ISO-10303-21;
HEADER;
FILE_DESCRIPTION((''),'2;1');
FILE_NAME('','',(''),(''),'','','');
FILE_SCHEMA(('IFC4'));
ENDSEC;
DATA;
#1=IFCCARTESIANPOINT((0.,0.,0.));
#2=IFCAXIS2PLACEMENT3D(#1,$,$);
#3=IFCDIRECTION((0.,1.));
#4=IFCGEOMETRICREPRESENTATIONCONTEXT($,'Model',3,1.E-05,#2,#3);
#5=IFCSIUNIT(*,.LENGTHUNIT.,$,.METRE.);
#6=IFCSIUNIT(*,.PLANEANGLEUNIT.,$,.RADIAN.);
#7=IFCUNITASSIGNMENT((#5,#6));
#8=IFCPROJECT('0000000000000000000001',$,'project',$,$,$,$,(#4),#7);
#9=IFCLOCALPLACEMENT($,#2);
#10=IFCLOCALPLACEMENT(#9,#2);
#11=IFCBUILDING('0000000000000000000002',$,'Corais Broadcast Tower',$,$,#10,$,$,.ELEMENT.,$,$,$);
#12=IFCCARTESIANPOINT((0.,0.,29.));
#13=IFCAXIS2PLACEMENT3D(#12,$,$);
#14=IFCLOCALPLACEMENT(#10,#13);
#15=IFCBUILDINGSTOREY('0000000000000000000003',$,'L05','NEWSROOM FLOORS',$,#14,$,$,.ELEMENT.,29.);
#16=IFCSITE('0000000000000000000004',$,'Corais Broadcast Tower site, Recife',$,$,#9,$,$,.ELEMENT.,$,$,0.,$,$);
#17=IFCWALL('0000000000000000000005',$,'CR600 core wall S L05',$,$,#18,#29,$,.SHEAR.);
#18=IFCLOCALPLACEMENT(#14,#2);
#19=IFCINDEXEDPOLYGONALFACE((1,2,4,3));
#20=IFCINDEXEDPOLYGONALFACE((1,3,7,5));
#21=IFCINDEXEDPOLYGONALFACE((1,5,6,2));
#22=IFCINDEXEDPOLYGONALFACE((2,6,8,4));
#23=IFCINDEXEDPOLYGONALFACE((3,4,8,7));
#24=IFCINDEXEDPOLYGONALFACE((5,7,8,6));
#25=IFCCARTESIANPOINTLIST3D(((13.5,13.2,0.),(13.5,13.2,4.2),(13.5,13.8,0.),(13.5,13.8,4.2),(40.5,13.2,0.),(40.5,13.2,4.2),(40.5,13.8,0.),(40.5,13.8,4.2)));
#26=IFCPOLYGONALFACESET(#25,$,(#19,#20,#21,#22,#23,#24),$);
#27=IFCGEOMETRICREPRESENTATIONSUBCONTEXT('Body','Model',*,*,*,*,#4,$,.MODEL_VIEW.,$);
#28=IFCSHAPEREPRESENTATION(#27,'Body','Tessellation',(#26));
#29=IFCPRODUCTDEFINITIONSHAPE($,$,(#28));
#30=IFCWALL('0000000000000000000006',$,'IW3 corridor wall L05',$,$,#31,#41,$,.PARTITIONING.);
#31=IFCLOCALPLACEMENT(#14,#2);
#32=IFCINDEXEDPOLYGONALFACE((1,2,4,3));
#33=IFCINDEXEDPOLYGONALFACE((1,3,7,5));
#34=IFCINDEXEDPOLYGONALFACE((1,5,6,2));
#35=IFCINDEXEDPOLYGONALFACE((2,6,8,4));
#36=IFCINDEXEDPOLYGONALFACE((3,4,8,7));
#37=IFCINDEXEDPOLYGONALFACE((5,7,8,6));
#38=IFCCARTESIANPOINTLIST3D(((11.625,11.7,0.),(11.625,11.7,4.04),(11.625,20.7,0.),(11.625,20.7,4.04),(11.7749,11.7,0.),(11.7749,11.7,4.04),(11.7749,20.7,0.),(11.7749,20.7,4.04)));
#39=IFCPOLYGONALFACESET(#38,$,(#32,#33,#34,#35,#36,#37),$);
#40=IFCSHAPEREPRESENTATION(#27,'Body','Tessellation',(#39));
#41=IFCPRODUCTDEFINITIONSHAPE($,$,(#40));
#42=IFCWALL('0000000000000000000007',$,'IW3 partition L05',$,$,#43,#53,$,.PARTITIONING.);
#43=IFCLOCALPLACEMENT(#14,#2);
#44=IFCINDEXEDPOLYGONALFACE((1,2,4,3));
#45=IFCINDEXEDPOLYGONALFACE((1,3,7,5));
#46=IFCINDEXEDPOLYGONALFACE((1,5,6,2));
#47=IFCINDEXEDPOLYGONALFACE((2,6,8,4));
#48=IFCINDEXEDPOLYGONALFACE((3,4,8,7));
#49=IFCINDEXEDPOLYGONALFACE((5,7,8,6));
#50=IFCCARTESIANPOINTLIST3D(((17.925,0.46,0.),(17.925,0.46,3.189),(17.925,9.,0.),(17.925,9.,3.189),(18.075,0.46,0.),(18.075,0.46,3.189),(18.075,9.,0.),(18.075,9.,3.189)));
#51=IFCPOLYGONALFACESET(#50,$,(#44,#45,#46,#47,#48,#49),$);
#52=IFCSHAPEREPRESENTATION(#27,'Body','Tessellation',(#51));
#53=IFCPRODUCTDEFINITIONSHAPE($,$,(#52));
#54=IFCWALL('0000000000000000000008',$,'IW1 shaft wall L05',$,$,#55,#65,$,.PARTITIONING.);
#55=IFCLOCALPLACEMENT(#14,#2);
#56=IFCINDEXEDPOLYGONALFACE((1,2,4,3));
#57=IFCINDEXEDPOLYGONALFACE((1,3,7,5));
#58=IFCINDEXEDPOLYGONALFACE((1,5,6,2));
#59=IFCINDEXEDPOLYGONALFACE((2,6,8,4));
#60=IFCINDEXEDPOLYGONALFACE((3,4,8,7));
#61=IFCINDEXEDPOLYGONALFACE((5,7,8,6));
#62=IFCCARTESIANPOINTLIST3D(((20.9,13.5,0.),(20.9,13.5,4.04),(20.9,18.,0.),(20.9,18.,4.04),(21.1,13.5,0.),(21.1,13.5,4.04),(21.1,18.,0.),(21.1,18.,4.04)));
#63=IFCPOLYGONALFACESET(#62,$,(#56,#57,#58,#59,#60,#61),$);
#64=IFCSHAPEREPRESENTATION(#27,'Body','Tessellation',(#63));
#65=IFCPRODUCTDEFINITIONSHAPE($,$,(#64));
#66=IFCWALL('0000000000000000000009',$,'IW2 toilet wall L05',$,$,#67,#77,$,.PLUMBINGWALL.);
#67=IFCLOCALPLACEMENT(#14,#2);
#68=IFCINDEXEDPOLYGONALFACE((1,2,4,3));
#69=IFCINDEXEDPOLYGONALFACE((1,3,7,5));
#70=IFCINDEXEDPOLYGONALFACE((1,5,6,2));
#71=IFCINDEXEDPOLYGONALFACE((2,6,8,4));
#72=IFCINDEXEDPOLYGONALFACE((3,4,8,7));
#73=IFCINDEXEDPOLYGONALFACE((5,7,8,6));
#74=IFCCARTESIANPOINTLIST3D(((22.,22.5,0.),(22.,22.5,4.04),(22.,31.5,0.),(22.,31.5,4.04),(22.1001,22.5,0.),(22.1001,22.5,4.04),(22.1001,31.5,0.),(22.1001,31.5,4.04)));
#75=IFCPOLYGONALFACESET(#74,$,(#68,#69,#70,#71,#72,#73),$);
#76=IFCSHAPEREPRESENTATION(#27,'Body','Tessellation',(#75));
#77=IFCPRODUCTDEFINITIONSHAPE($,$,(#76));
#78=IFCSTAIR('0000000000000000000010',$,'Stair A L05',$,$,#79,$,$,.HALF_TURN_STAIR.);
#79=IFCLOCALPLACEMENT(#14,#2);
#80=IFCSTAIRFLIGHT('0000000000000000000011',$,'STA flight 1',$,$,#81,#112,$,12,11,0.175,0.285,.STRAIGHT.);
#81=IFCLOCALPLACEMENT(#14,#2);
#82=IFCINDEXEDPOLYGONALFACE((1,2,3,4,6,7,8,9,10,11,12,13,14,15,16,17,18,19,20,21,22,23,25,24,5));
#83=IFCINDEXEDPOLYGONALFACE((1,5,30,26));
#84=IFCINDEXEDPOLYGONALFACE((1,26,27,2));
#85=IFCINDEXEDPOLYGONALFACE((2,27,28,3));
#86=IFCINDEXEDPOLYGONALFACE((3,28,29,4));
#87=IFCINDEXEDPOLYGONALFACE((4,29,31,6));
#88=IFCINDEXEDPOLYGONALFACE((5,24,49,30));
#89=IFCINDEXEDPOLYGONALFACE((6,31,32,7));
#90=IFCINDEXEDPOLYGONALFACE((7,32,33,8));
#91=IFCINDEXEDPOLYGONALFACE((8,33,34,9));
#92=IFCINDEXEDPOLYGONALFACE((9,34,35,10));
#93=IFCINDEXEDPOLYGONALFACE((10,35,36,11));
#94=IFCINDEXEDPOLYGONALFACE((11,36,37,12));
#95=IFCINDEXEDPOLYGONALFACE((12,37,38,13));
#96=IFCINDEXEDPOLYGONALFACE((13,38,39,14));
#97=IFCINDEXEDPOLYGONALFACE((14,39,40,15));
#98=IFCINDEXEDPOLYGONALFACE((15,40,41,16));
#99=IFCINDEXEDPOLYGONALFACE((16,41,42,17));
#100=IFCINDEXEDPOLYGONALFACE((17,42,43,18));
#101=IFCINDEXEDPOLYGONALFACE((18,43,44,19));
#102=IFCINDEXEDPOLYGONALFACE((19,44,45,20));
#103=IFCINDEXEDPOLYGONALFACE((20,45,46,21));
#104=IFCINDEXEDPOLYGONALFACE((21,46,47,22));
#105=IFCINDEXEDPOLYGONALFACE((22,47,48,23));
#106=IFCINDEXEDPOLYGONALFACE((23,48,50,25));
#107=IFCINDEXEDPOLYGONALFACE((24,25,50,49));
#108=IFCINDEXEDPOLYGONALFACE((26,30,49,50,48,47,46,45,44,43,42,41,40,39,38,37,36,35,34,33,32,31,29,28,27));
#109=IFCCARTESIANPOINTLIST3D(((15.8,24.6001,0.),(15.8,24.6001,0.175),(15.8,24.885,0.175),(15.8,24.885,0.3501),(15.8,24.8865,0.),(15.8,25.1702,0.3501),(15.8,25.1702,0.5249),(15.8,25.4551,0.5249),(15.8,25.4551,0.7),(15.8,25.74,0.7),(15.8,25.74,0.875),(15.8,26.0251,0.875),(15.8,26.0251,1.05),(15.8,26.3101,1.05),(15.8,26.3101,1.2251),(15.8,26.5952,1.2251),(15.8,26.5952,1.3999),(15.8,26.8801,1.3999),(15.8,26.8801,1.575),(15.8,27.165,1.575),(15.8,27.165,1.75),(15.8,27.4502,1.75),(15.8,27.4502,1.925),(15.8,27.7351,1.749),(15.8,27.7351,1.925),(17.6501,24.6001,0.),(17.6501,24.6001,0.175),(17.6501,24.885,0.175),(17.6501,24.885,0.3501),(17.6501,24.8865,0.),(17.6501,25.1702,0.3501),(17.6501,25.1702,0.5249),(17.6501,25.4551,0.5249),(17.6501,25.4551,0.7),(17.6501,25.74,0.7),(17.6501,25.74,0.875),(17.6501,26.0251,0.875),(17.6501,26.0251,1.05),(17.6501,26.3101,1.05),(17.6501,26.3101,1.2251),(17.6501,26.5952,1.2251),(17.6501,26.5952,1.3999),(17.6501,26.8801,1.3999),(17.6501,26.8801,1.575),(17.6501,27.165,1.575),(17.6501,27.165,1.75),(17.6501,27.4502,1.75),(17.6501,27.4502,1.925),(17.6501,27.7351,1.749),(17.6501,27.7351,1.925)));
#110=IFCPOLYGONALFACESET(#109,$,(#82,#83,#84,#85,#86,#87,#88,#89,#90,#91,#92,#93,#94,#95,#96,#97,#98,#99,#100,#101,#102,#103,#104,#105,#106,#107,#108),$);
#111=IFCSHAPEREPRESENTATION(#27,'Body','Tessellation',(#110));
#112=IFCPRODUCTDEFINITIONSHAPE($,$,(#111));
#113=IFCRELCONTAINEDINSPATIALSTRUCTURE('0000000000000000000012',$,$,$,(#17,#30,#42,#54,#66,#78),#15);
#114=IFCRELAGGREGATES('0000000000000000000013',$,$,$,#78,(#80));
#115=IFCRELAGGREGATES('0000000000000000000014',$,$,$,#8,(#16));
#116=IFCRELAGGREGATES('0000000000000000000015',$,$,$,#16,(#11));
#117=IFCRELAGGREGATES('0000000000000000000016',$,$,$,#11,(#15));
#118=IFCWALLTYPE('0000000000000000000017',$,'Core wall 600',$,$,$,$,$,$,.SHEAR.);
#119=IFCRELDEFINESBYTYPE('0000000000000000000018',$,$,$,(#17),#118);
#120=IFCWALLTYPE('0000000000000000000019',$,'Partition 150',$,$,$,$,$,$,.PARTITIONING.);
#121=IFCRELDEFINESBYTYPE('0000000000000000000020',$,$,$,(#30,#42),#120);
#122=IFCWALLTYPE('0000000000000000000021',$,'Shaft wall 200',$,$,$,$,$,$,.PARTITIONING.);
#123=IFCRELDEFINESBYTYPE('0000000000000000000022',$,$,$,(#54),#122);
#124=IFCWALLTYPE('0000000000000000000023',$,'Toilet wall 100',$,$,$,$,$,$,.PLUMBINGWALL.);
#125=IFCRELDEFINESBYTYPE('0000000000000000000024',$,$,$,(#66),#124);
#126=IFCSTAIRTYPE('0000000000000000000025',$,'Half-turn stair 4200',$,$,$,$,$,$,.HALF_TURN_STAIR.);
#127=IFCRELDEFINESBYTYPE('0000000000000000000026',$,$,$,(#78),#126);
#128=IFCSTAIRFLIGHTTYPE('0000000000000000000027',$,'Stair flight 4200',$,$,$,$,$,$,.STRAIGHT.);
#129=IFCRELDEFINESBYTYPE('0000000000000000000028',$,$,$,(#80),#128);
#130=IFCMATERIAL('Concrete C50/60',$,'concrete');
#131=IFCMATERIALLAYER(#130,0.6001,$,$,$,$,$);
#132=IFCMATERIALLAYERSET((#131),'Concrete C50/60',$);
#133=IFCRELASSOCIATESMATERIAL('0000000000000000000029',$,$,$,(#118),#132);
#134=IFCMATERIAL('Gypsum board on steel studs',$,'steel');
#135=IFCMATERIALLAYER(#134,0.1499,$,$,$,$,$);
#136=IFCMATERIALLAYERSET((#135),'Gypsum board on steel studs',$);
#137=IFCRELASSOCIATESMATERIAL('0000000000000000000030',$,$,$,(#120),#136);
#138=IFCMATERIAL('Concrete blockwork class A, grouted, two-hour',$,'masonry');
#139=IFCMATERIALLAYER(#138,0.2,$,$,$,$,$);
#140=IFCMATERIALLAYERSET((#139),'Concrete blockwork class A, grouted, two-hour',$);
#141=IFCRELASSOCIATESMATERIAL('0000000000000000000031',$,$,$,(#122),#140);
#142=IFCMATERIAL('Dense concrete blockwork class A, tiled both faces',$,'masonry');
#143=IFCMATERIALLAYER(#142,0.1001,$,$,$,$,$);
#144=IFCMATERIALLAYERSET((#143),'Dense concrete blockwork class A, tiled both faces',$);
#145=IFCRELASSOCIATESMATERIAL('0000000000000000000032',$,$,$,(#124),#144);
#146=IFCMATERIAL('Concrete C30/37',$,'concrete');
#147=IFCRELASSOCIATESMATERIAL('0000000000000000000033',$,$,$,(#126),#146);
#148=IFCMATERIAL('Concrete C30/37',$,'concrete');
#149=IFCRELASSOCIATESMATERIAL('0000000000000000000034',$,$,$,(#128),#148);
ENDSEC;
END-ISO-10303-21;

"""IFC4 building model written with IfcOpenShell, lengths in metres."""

from ifc_helpers import new_model, si_unit, direction, frame, frame_2d, origin, place, context, subcontext, project, spatial, polyline, rectangle, outline, extrude, material, layer, layer_set, type_object, element, aggregate, save


model = new_model("IFC4")

# Units and contexts
model_context = context("Model", 3, precision=1e-05, world=origin(), true_north=direction((0.0, 1.0)))
body_context = subcontext(model_context, "Body", "Model", "MODEL_VIEW")
ifc_project = project(units=[si_unit("LENGTHUNIT", "METRE"), si_unit("PLANEANGLEUNIT", "RADIAN")], contexts=[model_context])

# Site, building, storey
site_placement = place(None, origin())
site = spatial("IfcSite", under=ifc_project, at=site_placement, Name="Corais Broadcast Tower site, Recife", CompositionType="ELEMENT", RefElevation=0.0)
building_placement = place(site_placement, origin())
building = spatial("IfcBuilding", under=site, at=building_placement, Name="Corais Broadcast Tower", CompositionType="ELEMENT")
storey_placement = place(building_placement, frame((0.0, 0.0, 29.0)))
storey = spatial("IfcBuildingStorey", under=building, at=storey_placement, Name="L05", Description="NEWSROOM FLOORS", CompositionType="ELEMENT", Elevation=29.0)

# Walls
ifc_material_1 = material(Name="Concrete C50/60", Category="concrete")
ifc_layer_1 = layer(ifc_material_1, 0.6001)
ifc_layer_set_1 = layer_set([ifc_layer_1], Name="Concrete C50/60")
wall_type_1 = type_object("IfcWallType", Name="Core wall 600", PredefinedType="SHEAR", material=ifc_layer_set_1)
wall_1_placement = place(storey_placement, frame((13.5, 13.5, 0.0), z_axis=(0.0, 0.0, 1.0), x_axis=(1.0, 0.0, 0.0)))
element("IfcWall", 1, at=wall_1_placement, inside=storey, type_object=wall_type_1, Name="CR600 core wall S L05", PredefinedType="SHEAR", context=body_context, shape_type="SweptSolid", body=[
    extrude(rectangle(XDim=27.0, YDim=0.6001, at=frame_2d((13.5, 0.0))), origin(), (0.0, 0.0, 1.0), 4.2),
])
ifc_material_2 = material(Name="Gypsum board on steel studs", Category="steel")
ifc_layer_2 = layer(ifc_material_2, 0.1499)
ifc_layer_set_2 = layer_set([ifc_layer_2], Name="Gypsum board on steel studs")
wall_type_2 = type_object("IfcWallType", Name="Partition 150", PredefinedType="PARTITIONING", material=ifc_layer_set_2)
wall_2_placement = place(storey_placement, frame((11.7, 20.7, 0.0), z_axis=(0.0, 0.0, 1.0), x_axis=(0.0, -1.0, 0.0)))
element("IfcWall", 2, at=wall_2_placement, inside=storey, type_object=wall_type_2, Name="IW3 corridor wall L05", PredefinedType="PARTITIONING", context=body_context, shape_type="SweptSolid", body=[
    extrude(rectangle(XDim=9.0, YDim=0.1499, at=frame_2d((4.5, 0.0))), origin(), (0.0, 0.0, 1.0), 4.04),
])
wall_3_placement = place(storey_placement, frame((18.0, 9.0, 0.0), z_axis=(0.0, 0.0, 1.0), x_axis=(0.0, -1.0, 0.0)))
element("IfcWall", 3, at=wall_3_placement, inside=storey, type_object=wall_type_2, Name="IW3 partition L05", PredefinedType="PARTITIONING", context=body_context, shape_type="SweptSolid", body=[
    extrude(rectangle(XDim=8.54, YDim=0.1499, at=frame_2d((4.27, 0.0))), origin(), (0.0, 0.0, 1.0), 3.189),
])
ifc_material_3 = material(Name="Concrete blockwork class A, grouted, two-hour", Category="masonry")
ifc_layer_3 = layer(ifc_material_3, 0.2)
ifc_layer_set_3 = layer_set([ifc_layer_3], Name="Concrete blockwork class A, grouted, two-hour")
wall_type_3 = type_object("IfcWallType", Name="Shaft wall 200", PredefinedType="PARTITIONING", material=ifc_layer_set_3)
wall_4_placement = place(storey_placement, frame((21.0, 13.5, 0.0), z_axis=(0.0, 0.0, 1.0), x_axis=(0.0, 1.0, 0.0)))
element("IfcWall", 4, at=wall_4_placement, inside=storey, type_object=wall_type_3, Name="IW1 shaft wall L05", PredefinedType="PARTITIONING", context=body_context, shape_type="SweptSolid", body=[
    extrude(rectangle(XDim=4.5, YDim=0.2, at=frame_2d((2.25, 0.0))), origin(), (0.0, 0.0, 1.0), 4.04),
])
ifc_material_4 = material(Name="Dense concrete blockwork class A, tiled both faces", Category="masonry")
ifc_layer_4 = layer(ifc_material_4, 0.1001)
ifc_layer_set_4 = layer_set([ifc_layer_4], Name="Dense concrete blockwork class A, tiled both faces")
wall_type_4 = type_object("IfcWallType", Name="Toilet wall 100", PredefinedType="PLUMBINGWALL", material=ifc_layer_set_4)
wall_5_placement = place(storey_placement, frame((22.05, 22.5, 0.0), z_axis=(0.0, 0.0, 1.0), x_axis=(0.0, 1.0, 0.0)))
element("IfcWall", 5, at=wall_5_placement, inside=storey, type_object=wall_type_4, Name="IW2 toilet wall L05", PredefinedType="PLUMBINGWALL", context=body_context, shape_type="SweptSolid", body=[
    extrude(rectangle(XDim=9.0, YDim=0.1001, at=frame_2d((4.5, 0.0))), origin(), (0.0, 0.0, 1.0), 4.04),
])

# Stair, stair flight
ifc_material_5 = material(Name="Concrete C30/37", Category="concrete")
stair_type = type_object("IfcStairType", Name="Half-turn stair 4200", PredefinedType="HALF_TURN_STAIR", material=ifc_material_5)
stair_placement = place(storey_placement, origin())
stair = element("IfcStair", 6, at=stair_placement, inside=storey, type_object=stair_type, Name="Stair A L05", PredefinedType="HALF_TURN_STAIR")
ifc_material_6 = material(Name="Concrete C30/37", Category="concrete")
stair_flight_type = type_object("IfcStairFlightType", Name="Stair flight 4200", PredefinedType="STRAIGHT", material=ifc_material_6)
stair_flight_placement = place(storey_placement, frame((16.7251, 24.6001, 0.0), z_axis=(0.0, 0.0, 1.0), x_axis=(0.0, 1.0, 0.0)))
stair_flight = element("IfcStairFlight", 7, at=stair_flight_placement, type_object=stair_flight_type, Name="STA flight 1", NumberOfRisers=12, NumberOfTreads=11, PredefinedType="STRAIGHT", RiserHeight=0.175, TreadLength=0.285, context=body_context, shape_type="SweptSolid", body=[
    extrude(outline(polyline([(0.0, 0.0), (0.0, 0.175), (0.2849, 0.175), (0.2849, 0.3501), (0.5701, 0.3501), (0.5701, 0.5249), (0.855, 0.5249), (0.855, 0.7), (1.1399, 0.7), (1.1399, 0.875), (1.425, 0.875), (1.425, 1.05), (1.71, 1.05), (1.71, 1.2251), (1.9951, 1.2251), (1.9951, 1.3999), (2.28, 1.3999), (2.28, 1.575), (2.5649, 1.575), (2.5649, 1.75), (2.8501, 1.75), (2.8501, 1.925), (3.135, 1.925), (3.135, 2.1001), (3.135, 1.749), (0.2864, 0.0), (0.0, 0.0)])), frame((0.0, 0.925, 0.0), z_axis=(0.0, -1.0, 0.0), x_axis=(1.0, 0.0, 0.0)), (0.0, 0.0, 1.0), 1.8501),
])
aggregate(stair, [stair_flight])

save(model, "model.ifc")
